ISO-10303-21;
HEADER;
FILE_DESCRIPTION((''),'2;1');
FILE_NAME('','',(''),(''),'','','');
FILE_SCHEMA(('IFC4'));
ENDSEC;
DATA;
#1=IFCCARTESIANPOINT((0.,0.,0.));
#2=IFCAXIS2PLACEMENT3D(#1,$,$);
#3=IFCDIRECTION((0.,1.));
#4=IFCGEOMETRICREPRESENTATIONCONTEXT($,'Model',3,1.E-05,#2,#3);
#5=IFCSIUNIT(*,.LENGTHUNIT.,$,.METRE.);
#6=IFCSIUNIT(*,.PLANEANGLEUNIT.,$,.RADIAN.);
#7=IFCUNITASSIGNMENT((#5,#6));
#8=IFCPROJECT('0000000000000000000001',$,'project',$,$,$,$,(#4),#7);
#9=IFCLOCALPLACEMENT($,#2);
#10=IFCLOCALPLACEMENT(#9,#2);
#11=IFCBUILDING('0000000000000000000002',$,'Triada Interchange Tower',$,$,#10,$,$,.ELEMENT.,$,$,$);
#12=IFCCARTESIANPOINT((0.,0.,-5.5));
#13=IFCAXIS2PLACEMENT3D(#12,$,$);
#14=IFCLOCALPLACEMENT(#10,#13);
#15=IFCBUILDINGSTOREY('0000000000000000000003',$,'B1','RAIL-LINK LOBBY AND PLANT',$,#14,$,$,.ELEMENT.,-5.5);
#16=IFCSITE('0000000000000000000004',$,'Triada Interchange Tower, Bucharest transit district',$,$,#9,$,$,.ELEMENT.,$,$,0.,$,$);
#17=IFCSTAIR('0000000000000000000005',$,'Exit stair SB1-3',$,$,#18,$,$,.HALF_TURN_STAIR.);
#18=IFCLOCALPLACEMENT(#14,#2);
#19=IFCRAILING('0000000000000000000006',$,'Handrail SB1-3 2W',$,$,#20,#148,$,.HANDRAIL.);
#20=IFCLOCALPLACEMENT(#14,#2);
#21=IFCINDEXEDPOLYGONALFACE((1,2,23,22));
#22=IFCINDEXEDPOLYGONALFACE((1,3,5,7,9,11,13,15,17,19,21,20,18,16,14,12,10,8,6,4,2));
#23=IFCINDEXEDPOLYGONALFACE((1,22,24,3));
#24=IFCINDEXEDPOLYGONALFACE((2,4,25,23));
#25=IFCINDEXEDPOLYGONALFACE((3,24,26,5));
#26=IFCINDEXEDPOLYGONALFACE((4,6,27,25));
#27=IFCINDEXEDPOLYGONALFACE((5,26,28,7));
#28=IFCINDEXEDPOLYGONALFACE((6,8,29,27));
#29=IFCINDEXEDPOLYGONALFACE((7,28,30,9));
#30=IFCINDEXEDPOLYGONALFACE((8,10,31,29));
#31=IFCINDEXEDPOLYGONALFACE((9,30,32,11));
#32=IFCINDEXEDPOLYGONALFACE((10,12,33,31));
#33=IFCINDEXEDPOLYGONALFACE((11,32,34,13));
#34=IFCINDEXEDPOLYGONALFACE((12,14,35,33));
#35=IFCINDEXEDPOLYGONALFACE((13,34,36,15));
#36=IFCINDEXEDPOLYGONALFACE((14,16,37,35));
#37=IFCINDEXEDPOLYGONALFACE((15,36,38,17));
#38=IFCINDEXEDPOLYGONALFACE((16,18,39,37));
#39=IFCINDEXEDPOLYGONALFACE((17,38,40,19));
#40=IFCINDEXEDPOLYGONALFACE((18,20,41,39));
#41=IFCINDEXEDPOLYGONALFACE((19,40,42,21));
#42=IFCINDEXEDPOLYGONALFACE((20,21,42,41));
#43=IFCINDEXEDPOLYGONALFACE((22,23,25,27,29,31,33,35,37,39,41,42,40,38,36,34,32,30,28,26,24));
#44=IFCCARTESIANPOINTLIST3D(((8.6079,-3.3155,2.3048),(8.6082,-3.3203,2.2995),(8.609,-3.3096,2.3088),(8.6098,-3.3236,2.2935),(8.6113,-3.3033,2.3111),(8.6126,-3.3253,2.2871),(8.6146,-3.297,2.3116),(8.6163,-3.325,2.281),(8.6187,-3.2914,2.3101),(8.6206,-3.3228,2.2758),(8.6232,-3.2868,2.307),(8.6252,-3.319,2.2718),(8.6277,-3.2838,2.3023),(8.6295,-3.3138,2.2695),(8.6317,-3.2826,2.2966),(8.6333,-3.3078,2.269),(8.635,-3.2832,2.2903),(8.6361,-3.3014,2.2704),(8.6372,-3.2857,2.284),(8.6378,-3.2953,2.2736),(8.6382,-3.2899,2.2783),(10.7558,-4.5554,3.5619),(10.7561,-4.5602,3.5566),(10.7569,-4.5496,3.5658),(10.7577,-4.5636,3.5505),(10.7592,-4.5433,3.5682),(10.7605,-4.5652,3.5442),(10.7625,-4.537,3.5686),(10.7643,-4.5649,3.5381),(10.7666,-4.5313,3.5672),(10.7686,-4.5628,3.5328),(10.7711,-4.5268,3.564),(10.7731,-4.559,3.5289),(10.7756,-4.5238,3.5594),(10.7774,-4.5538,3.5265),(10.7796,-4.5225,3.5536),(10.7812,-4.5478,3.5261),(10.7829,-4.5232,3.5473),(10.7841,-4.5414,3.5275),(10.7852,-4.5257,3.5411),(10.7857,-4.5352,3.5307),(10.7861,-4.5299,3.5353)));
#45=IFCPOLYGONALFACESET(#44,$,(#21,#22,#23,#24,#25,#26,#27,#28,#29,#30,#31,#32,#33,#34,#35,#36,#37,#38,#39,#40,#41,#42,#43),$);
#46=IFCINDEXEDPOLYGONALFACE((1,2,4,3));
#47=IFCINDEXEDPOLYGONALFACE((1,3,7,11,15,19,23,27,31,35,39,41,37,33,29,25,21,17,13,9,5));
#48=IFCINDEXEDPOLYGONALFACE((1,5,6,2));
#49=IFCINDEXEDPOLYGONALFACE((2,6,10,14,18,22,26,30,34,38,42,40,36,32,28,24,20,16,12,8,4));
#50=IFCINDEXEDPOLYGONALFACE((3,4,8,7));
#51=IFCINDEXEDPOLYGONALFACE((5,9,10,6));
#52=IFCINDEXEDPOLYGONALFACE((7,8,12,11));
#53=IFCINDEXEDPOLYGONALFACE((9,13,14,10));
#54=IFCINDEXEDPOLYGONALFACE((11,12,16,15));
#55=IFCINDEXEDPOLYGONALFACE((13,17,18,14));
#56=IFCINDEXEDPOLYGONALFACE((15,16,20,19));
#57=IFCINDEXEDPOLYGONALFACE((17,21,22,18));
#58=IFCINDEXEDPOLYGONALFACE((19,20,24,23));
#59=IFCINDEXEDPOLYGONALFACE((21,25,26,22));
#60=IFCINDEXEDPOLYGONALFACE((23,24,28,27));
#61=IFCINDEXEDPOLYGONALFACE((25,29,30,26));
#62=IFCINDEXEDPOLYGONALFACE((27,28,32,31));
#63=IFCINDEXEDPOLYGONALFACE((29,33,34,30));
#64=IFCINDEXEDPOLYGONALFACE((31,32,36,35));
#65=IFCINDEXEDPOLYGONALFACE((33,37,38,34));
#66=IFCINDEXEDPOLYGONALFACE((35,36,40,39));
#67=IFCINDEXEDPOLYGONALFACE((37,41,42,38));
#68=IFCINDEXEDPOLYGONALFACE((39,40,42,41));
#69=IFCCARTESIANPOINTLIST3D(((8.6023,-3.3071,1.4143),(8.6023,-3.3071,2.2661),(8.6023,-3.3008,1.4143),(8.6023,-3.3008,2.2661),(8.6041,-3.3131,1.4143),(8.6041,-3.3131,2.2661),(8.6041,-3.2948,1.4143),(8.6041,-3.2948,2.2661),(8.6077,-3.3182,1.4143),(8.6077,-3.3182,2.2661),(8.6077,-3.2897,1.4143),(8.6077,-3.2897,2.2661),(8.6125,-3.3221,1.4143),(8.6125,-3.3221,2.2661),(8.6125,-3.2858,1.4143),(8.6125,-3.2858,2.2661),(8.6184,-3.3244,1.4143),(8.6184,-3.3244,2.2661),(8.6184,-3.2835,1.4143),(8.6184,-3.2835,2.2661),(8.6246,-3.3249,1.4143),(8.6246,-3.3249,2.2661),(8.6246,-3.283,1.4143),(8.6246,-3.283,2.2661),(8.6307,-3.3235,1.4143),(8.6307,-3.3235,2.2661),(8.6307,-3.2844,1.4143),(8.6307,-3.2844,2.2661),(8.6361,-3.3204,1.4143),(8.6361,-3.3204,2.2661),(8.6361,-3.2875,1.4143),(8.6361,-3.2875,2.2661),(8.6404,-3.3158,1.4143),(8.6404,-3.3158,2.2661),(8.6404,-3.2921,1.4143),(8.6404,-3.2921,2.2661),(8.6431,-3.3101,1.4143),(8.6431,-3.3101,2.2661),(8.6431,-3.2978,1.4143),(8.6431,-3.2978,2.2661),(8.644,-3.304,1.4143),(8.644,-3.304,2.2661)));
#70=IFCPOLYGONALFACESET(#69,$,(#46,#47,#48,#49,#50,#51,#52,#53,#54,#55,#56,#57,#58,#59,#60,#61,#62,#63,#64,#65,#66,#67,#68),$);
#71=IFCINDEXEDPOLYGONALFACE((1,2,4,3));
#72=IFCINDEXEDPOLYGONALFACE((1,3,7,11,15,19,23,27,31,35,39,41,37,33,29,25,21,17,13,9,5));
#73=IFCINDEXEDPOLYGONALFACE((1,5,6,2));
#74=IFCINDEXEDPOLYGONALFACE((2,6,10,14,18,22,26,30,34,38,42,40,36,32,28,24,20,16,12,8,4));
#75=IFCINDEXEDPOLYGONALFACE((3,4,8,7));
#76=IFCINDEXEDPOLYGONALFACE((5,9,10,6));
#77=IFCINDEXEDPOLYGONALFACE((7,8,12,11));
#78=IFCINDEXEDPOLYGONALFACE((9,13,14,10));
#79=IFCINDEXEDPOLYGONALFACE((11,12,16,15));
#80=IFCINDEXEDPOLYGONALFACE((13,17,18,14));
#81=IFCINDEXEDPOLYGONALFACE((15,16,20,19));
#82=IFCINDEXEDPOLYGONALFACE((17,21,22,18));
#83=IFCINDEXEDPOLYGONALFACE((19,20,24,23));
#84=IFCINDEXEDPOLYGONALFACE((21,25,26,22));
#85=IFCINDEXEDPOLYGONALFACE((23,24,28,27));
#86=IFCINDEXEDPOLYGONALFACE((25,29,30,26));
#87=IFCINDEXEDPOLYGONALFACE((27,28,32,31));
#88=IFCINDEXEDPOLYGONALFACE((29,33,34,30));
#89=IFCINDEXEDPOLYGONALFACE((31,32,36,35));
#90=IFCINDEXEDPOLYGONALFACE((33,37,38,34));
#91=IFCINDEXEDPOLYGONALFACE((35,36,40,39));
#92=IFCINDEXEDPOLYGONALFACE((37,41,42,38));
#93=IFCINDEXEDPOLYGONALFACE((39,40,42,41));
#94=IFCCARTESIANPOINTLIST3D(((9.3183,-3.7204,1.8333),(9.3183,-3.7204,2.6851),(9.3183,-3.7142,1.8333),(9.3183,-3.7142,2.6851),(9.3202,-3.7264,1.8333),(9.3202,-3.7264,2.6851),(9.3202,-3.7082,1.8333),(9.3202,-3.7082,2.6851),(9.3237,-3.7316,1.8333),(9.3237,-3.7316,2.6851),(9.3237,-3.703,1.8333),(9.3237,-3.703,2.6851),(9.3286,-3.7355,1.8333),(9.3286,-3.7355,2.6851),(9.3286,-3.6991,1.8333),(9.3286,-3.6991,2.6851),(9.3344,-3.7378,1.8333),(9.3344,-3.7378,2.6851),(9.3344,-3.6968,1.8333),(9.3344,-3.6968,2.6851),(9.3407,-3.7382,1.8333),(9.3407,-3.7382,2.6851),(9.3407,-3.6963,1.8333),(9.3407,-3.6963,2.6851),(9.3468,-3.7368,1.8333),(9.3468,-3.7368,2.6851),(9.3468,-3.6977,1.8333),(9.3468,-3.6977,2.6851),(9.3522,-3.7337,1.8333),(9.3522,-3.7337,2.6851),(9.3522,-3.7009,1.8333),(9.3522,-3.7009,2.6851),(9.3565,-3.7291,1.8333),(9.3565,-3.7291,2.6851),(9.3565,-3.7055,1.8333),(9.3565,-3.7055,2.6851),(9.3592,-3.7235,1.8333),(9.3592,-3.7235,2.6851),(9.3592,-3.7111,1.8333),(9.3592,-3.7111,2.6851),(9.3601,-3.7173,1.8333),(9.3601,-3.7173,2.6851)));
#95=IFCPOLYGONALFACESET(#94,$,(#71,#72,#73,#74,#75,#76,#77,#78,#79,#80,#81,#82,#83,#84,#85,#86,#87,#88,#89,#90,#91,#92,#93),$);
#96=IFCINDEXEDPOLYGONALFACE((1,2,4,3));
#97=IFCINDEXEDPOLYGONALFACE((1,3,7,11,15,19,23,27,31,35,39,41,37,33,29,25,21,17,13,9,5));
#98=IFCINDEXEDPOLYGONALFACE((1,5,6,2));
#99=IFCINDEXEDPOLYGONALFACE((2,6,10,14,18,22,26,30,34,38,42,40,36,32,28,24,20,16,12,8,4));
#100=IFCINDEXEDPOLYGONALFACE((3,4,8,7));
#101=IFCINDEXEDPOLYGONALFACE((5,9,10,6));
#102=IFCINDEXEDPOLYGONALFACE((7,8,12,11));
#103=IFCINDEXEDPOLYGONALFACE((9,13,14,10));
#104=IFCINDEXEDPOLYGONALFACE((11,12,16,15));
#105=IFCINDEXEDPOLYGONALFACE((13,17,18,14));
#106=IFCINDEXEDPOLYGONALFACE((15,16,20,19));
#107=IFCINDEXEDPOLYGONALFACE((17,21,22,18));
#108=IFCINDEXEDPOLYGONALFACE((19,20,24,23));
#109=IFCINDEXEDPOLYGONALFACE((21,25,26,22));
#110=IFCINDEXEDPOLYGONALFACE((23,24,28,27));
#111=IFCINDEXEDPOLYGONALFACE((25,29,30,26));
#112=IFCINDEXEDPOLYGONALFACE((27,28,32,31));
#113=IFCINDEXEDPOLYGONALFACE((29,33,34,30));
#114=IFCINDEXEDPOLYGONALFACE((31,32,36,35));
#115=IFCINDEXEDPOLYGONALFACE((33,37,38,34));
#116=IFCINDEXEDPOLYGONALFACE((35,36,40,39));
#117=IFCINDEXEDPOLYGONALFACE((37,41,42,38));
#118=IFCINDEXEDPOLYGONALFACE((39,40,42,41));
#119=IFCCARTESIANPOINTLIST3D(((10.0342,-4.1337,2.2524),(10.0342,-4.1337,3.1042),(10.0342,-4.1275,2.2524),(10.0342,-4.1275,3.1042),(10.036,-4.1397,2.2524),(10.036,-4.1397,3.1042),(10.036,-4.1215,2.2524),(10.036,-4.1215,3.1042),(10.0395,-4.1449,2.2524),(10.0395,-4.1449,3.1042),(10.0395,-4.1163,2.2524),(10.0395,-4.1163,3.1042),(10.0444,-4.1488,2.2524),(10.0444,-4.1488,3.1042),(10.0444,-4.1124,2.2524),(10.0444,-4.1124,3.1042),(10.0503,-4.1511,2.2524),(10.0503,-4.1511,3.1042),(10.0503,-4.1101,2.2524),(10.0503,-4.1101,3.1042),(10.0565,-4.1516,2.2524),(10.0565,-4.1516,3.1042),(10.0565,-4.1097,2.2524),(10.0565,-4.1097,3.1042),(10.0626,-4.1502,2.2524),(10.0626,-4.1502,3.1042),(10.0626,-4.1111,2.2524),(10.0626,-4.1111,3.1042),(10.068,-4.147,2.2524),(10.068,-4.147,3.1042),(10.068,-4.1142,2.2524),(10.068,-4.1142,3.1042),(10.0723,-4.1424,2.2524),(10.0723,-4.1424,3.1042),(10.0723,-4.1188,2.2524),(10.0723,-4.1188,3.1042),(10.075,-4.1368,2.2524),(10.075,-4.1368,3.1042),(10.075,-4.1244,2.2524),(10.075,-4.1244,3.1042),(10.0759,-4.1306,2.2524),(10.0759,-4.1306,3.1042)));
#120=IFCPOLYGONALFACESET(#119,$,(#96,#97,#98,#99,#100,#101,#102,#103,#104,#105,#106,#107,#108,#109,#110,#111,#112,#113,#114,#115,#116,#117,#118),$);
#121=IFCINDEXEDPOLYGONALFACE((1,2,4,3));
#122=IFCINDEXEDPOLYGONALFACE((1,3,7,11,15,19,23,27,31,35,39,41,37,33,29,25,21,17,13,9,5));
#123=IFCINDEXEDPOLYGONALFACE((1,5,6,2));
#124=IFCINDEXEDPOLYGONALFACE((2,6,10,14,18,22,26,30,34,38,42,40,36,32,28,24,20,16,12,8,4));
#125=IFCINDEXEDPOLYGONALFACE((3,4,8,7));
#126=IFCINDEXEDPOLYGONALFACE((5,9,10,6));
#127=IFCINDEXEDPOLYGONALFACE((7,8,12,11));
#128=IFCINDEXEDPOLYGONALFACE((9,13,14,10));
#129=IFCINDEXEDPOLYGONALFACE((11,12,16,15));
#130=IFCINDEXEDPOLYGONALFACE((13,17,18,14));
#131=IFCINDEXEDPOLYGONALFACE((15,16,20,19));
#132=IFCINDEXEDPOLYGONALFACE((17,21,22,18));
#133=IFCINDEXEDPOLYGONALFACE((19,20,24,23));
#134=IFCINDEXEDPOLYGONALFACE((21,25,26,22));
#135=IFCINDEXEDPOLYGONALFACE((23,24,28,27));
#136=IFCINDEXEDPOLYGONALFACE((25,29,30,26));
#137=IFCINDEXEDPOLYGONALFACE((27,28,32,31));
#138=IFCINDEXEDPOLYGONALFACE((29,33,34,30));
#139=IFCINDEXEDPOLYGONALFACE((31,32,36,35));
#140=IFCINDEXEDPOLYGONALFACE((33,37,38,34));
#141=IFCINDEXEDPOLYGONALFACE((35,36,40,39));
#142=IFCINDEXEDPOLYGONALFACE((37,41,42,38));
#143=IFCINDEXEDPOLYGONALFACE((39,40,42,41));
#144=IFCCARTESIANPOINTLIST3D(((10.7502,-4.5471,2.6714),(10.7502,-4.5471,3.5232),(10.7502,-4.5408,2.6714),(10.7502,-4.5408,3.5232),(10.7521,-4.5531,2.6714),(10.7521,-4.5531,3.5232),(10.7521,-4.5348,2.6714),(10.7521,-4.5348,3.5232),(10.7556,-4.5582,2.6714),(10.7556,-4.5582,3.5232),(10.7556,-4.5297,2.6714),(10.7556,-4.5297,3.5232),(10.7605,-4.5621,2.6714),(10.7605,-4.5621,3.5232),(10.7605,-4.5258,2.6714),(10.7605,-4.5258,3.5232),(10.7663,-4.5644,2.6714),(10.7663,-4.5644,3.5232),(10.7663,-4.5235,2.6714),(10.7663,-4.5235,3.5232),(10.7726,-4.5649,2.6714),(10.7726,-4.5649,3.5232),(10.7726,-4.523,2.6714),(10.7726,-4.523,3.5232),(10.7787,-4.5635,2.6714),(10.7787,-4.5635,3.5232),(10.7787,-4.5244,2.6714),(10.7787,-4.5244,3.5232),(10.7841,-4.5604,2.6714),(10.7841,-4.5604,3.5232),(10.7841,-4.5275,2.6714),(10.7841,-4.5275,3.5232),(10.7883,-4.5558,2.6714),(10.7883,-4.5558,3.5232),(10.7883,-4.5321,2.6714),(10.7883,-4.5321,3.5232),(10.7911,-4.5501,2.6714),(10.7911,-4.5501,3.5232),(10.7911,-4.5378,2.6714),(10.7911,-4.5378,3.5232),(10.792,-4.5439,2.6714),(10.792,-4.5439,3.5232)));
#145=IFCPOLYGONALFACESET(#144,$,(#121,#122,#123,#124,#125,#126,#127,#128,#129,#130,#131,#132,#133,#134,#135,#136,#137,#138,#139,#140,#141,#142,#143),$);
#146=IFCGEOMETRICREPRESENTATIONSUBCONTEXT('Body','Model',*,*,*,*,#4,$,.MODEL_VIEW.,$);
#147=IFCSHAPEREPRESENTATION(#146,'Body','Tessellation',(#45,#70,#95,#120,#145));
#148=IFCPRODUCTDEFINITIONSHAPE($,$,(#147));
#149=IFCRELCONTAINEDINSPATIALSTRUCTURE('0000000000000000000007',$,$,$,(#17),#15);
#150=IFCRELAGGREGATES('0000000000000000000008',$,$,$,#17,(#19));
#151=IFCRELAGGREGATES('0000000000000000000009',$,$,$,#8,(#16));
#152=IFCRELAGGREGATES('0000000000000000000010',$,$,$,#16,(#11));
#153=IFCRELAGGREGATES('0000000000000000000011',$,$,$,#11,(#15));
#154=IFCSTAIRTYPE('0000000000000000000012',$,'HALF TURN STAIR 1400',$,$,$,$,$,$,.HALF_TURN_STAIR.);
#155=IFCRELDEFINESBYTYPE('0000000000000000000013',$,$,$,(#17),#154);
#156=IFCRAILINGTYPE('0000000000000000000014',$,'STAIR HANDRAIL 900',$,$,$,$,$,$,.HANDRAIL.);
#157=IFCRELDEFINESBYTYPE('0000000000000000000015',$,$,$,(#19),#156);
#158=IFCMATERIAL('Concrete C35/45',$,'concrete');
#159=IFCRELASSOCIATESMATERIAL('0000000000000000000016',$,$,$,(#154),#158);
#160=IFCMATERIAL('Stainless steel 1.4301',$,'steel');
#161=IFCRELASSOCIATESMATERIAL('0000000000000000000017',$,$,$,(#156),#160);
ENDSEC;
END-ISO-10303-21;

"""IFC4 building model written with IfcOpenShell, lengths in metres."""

from ifc_helpers import new_model, si_unit, direction, frame, origin, origin_2d, place, context, subcontext, project, spatial, circle, extrude, material, type_object, element, aggregate, save


model = new_model("IFC4")

# Units and contexts
model_context = context("Model", 3, precision=1e-05, world=origin(), true_north=direction((0.0, 1.0)))
body_context = subcontext(model_context, "Body", "Model", "MODEL_VIEW")
ifc_project = project(units=[si_unit("LENGTHUNIT", "METRE"), si_unit("PLANEANGLEUNIT", "RADIAN")], contexts=[model_context])

# Site, building, storey
site_placement = place(None, origin())
site = spatial("IfcSite", under=ifc_project, at=site_placement, Name="Triada Interchange Tower, Bucharest transit district", CompositionType="ELEMENT", RefElevation=0.0)
building_placement = place(site_placement, origin())
building = spatial("IfcBuilding", under=site, at=building_placement, Name="Triada Interchange Tower", CompositionType="ELEMENT")
storey_placement = place(building_placement, frame((0.0, 0.0, -5.5)))
storey = spatial("IfcBuildingStorey", under=building, at=storey_placement, Name="B1", Description="RAIL-LINK LOBBY AND PLANT", CompositionType="ELEMENT", Elevation=-5.5)

# Stair, railing
ifc_material_1 = material(Name="Concrete C35/45", Category="concrete")
stair_type = type_object("IfcStairType", Name="HALF TURN STAIR 1400", PredefinedType="HALF_TURN_STAIR", material=ifc_material_1)
stair_placement = place(storey_placement, origin())
stair = element("IfcStair", 1, at=stair_placement, inside=storey, type_object=stair_type, Name="Exit stair SB1-3", PredefinedType="HALF_TURN_STAIR")
ifc_material_2 = material(Name="Stainless steel 1.4301", Category="steel")
railing_type = type_object("IfcRailingType", Name="STAIR HANDRAIL 900", PredefinedType="HANDRAIL", material=ifc_material_2)
railing_1_placement = place(storey_placement, frame((8.623, -3.304, 1.4143)))
railing_1 = element("IfcRailing", 2, at=railing_1_placement, type_object=railing_type, Name="Handrail SB1-3 2W", PredefinedType="HANDRAIL", context=body_context, shape_type="SweptSolid", body=[
    extrude(circle(Radius=0.0239, at=origin_2d()), frame((0.0, 0.0, 0.876), z_axis=(0.772488, -0.44595, 0.452096), x_axis=(0.499961, 0.866048, 0.0)), (0.0, 0.0, 1.0), 2.7805),
    extrude(circle(Radius=0.021, at=origin_2d()), origin(), (0.0, 0.0, 1.0), 0.8518),
    extrude(circle(Radius=0.021, at=origin_2d()), frame((0.7161, -0.4133, 0.4189)), (0.0, 0.0, 1.0), 0.8518),
    extrude(circle(Radius=0.021, at=origin_2d()), frame((1.4319, -0.8267, 0.8381)), (0.0, 0.0, 1.0), 0.8518),
    extrude(circle(Radius=0.021, at=origin_2d()), frame((2.1479, -1.24, 1.2571)), (0.0, 0.0, 1.0), 0.8518),
])
aggregate(stair, [railing_1])

save(model, "model.ifc")
